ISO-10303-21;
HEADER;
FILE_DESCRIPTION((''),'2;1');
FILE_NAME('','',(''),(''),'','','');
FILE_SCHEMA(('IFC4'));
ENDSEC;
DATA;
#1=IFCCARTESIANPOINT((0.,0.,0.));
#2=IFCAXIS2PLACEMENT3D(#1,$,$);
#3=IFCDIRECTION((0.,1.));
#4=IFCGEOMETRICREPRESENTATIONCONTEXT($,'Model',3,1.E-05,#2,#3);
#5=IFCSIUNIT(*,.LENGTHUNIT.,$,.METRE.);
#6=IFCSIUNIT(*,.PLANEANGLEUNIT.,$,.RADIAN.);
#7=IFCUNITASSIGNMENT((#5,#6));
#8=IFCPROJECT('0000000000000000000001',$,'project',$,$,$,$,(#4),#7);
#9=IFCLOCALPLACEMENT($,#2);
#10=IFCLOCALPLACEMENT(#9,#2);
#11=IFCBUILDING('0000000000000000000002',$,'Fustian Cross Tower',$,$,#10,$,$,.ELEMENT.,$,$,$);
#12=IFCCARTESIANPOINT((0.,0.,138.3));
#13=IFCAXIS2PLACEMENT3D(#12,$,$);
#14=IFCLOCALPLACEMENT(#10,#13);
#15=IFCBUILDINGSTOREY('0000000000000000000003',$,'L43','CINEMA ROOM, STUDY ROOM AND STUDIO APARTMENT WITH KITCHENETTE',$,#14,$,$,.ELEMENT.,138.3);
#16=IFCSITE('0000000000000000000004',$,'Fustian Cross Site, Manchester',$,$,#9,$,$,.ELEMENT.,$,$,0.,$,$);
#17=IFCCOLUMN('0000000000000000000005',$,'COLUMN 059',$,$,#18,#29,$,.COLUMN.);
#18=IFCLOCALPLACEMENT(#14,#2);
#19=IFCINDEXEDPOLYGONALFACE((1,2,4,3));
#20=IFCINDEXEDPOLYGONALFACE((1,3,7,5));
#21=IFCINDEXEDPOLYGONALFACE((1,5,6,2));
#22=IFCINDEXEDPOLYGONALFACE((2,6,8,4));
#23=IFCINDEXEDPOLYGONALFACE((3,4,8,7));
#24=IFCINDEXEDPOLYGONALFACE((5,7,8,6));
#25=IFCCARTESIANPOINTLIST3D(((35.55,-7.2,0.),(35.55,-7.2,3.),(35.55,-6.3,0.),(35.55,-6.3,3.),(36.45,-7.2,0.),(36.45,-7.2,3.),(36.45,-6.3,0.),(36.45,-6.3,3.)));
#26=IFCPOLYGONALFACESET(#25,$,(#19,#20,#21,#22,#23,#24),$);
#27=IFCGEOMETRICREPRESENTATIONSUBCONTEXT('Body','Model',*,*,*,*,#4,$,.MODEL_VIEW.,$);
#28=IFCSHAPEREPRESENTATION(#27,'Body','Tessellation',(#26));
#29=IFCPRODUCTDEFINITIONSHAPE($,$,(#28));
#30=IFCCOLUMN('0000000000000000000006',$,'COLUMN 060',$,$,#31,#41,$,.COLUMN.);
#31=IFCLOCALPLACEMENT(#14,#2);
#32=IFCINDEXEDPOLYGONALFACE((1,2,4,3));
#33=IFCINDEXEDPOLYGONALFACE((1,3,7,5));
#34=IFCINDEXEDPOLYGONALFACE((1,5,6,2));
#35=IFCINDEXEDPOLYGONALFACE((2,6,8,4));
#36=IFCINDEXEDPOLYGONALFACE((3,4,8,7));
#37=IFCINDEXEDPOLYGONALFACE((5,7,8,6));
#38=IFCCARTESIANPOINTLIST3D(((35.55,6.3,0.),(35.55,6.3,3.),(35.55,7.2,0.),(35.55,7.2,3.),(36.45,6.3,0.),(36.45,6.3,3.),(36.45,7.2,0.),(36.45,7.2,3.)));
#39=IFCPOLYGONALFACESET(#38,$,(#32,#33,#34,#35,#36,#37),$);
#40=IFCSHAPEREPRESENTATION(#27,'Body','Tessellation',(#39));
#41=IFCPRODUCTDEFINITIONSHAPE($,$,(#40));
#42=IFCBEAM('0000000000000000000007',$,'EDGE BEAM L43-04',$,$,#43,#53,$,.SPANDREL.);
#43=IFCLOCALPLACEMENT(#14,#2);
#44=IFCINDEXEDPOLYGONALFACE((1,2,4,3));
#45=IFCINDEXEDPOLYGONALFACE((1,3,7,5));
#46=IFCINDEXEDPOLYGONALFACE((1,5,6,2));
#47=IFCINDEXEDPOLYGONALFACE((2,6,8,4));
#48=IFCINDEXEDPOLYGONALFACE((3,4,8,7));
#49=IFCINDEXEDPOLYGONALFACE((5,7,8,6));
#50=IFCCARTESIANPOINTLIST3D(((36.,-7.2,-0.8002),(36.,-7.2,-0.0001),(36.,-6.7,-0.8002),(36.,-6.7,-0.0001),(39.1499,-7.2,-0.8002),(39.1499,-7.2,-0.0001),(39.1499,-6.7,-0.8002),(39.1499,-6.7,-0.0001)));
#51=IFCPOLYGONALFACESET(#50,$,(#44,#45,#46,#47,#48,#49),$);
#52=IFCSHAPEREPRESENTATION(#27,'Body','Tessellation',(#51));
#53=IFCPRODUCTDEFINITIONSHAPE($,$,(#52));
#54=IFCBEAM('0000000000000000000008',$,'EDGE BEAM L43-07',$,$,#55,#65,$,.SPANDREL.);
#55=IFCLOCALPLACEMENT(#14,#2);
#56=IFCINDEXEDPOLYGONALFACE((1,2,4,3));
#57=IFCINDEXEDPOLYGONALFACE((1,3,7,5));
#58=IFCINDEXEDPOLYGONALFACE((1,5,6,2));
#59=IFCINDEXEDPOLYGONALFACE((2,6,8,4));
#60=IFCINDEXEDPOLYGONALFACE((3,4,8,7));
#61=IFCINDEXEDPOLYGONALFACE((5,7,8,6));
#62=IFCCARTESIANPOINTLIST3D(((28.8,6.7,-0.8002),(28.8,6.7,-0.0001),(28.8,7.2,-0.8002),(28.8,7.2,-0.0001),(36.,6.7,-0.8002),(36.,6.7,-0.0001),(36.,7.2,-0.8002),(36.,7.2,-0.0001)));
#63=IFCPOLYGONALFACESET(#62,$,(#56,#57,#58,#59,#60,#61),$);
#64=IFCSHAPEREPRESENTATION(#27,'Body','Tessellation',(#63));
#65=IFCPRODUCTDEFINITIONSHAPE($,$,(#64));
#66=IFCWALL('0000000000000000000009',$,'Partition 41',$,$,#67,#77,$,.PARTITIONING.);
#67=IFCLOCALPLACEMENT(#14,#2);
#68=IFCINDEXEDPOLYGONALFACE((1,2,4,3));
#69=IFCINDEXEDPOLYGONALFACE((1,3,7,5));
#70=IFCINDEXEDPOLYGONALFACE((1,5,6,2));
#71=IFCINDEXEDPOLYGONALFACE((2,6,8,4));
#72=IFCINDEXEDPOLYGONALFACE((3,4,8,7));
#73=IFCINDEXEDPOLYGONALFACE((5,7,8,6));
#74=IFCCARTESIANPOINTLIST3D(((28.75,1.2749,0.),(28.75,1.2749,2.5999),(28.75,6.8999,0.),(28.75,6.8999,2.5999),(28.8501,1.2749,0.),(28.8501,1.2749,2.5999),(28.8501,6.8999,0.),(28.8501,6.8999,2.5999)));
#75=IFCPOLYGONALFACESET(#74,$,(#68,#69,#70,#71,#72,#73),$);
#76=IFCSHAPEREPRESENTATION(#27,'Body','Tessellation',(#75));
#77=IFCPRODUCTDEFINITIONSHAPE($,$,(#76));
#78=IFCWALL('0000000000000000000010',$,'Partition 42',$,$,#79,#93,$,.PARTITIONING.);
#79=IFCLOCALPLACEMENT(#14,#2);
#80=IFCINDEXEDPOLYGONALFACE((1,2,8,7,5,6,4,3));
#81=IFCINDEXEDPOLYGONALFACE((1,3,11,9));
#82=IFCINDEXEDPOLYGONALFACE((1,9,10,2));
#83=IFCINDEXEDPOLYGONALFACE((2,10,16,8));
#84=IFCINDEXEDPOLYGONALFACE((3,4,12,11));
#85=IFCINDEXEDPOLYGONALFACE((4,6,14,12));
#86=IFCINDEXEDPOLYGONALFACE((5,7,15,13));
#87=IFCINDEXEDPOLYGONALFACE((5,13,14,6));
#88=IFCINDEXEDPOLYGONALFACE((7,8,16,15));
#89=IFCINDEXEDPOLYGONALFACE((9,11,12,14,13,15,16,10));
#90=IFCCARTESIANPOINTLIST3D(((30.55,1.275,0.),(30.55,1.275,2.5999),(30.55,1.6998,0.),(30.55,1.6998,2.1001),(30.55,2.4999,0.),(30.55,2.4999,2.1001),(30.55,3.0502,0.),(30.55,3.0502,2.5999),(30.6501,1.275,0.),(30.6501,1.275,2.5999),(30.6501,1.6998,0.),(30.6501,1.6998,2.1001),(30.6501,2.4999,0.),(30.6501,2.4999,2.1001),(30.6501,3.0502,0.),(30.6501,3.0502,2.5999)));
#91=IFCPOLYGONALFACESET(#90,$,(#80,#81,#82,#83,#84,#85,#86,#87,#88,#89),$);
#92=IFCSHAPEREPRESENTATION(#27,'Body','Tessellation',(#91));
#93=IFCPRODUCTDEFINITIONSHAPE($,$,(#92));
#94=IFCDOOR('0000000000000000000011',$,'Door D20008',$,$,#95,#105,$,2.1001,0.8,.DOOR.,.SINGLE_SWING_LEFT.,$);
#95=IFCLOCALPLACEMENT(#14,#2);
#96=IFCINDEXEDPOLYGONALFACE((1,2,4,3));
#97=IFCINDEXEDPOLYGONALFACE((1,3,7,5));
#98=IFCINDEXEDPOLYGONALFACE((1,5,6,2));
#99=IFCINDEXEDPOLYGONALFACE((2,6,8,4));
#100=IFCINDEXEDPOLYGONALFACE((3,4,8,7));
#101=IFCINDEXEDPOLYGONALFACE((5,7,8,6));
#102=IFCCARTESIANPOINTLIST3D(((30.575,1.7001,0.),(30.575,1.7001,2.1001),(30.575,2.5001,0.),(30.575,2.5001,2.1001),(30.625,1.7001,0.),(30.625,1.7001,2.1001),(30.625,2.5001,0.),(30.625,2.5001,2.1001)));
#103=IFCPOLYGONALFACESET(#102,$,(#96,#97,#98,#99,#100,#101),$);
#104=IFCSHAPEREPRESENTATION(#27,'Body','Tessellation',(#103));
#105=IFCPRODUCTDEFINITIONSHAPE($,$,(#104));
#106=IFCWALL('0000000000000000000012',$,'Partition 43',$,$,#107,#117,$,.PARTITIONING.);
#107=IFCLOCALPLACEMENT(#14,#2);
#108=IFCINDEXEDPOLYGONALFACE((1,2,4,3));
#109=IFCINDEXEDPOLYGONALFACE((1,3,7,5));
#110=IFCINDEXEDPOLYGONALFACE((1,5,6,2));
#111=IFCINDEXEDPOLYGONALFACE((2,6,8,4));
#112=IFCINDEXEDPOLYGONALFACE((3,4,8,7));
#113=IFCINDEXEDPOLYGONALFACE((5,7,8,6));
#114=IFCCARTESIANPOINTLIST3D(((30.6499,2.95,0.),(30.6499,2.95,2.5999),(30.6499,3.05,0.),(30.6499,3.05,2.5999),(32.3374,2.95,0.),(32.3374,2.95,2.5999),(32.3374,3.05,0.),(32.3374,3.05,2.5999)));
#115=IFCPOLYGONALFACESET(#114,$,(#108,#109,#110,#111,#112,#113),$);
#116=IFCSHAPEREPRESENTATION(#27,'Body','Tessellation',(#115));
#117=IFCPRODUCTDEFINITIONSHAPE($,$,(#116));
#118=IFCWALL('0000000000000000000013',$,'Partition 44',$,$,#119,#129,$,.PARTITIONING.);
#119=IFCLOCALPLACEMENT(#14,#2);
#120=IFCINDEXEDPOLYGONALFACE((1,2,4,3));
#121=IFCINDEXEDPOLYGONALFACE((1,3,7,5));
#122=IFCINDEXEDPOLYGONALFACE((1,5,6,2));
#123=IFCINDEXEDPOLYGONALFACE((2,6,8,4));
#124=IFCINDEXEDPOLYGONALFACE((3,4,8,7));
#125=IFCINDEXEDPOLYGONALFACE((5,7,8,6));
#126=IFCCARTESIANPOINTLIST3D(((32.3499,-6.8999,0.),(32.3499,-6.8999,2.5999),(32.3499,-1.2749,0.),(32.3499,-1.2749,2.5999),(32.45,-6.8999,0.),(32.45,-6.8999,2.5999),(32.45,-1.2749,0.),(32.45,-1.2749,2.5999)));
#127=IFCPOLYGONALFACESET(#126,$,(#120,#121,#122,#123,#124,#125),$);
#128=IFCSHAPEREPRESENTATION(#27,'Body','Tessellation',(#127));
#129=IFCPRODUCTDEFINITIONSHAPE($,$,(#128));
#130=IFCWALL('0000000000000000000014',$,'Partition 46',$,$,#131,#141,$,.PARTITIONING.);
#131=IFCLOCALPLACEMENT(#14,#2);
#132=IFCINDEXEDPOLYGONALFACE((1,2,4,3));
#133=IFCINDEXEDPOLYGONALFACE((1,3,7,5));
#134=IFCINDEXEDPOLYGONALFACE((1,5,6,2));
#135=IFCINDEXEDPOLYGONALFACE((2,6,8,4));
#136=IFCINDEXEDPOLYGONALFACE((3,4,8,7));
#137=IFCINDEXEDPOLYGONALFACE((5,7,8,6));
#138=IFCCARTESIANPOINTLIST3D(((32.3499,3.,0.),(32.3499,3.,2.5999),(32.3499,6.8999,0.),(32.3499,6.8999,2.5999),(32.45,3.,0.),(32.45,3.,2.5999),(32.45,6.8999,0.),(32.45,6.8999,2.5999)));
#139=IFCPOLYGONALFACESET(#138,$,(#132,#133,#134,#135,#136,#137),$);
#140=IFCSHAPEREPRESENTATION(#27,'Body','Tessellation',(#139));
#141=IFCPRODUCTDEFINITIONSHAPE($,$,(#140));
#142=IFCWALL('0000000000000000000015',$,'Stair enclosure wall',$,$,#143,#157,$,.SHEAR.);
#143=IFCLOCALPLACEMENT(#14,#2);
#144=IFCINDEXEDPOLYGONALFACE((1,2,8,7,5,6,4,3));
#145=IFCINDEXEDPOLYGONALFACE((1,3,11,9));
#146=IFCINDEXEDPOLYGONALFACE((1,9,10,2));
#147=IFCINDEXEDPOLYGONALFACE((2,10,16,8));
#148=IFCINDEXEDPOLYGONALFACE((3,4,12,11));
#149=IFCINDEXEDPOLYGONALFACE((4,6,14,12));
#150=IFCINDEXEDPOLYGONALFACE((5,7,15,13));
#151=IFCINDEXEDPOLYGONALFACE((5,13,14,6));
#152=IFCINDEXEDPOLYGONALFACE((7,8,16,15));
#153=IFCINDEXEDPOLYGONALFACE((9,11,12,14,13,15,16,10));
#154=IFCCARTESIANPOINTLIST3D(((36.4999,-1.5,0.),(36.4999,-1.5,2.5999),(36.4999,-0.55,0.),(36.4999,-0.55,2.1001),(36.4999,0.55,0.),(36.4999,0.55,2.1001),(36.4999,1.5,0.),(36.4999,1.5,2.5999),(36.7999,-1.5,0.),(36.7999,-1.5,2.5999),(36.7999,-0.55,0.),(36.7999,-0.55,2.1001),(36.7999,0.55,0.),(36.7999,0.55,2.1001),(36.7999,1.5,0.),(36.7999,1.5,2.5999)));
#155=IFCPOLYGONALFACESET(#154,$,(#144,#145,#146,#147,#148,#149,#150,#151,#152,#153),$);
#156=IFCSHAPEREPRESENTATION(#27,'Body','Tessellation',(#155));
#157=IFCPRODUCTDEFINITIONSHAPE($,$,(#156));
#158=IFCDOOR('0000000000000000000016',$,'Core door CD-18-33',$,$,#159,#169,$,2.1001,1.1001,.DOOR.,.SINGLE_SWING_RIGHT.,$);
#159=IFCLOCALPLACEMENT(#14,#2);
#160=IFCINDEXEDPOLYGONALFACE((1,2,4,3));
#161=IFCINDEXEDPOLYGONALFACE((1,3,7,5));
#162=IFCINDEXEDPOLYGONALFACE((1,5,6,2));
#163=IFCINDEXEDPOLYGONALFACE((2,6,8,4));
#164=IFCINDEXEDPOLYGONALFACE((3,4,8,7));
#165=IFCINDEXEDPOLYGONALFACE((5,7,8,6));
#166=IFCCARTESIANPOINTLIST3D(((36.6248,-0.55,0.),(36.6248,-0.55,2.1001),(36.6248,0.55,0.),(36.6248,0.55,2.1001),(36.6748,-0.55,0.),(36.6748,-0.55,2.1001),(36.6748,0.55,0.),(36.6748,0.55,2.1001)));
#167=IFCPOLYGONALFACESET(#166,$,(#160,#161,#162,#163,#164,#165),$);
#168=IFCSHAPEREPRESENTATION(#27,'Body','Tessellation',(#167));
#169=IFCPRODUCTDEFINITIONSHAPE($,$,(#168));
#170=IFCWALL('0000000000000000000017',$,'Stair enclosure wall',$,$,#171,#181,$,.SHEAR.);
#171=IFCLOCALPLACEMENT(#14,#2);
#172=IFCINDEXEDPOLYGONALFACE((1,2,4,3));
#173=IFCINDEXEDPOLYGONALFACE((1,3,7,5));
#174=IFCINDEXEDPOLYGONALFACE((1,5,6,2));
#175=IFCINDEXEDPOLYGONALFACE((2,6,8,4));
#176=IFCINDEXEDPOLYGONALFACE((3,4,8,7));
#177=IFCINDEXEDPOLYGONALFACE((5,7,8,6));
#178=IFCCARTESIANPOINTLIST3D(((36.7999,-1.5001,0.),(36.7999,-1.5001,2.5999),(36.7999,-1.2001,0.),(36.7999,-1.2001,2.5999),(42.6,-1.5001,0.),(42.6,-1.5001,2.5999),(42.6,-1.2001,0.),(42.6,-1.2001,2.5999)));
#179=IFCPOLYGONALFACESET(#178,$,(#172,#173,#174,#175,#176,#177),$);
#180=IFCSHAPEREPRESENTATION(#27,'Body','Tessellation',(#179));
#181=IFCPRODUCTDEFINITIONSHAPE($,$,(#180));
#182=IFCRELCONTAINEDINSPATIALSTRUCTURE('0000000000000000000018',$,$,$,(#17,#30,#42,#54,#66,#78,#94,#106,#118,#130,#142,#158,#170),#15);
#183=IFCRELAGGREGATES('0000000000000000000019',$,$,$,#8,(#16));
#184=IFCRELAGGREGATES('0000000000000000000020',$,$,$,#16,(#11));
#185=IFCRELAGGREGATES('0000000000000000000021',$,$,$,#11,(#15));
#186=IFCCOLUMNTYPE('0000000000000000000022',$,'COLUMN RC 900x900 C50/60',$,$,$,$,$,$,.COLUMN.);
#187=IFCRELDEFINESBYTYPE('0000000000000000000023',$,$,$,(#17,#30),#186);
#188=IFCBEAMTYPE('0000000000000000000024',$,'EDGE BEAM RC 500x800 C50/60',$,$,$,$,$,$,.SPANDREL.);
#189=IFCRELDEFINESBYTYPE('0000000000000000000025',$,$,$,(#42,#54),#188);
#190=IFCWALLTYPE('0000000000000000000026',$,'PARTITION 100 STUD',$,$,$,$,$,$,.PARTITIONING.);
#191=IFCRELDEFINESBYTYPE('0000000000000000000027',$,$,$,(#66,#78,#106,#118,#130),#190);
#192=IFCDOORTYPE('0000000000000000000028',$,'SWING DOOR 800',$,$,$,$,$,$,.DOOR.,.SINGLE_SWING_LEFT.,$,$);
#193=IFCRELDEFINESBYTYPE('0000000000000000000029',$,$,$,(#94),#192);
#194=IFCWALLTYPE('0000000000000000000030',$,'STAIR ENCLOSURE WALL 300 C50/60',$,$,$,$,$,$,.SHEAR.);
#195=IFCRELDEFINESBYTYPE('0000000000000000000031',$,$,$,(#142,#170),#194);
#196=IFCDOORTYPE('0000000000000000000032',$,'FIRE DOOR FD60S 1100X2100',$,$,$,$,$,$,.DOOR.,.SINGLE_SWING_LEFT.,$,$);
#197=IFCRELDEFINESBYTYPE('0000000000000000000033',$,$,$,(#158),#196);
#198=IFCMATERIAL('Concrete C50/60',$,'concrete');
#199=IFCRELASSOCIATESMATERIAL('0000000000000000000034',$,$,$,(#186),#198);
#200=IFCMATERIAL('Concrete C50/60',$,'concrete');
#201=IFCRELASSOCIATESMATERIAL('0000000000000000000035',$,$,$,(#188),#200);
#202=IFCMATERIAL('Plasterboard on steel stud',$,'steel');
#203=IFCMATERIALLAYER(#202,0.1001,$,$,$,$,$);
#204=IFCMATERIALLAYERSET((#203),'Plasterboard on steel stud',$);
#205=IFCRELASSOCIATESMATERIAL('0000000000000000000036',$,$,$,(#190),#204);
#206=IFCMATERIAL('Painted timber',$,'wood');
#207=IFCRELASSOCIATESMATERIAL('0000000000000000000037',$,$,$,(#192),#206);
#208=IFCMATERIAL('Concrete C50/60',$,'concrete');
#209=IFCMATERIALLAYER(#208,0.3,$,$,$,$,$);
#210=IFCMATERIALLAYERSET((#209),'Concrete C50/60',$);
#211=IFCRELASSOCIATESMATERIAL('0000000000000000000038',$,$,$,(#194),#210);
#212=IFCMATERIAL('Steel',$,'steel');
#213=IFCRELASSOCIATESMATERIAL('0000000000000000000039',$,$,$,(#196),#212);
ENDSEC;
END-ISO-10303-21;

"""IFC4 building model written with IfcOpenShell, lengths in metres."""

from ifc_helpers import new_model, si_unit, direction, frame, frame_2d, origin, origin_2d, place, context, subcontext, project, spatial, rectangle, extrude, material, layer, layer_set, material_profile, profile_set, type_object, element, fill, save


model = new_model("IFC4")

# Units and contexts
model_context = context("Model", 3, precision=1e-05, world=origin(), true_north=direction((0.0, 1.0)))
body_context = subcontext(model_context, "Body", "Model", "MODEL_VIEW")
ifc_project = project(units=[si_unit("LENGTHUNIT", "METRE"), si_unit("PLANEANGLEUNIT", "RADIAN")], contexts=[model_context])

# Site, building, storey
site_placement = place(None, origin())
site = spatial("IfcSite", under=ifc_project, at=site_placement, Name="Fustian Cross Site, Manchester", CompositionType="ELEMENT", RefElevation=0.0)
building_placement = place(site_placement, origin())
building = spatial("IfcBuilding", under=site, at=building_placement, Name="Fustian Cross Tower", CompositionType="ELEMENT")
storey_placement = place(building_placement, frame((0.0, 0.0, 138.3)))
storey = spatial("IfcBuildingStorey", under=building, at=storey_placement, Name="L43", Description="CINEMA ROOM, STUDY ROOM AND STUDIO APARTMENT WITH KITCHENETTE", CompositionType="ELEMENT", Elevation=138.3)

# Columns
ifc_material_1 = material(Name="Concrete C50/60", Category="concrete")
ifc_material_profile_1 = material_profile(ifc_material_1, rectangle(XDim=0.8999, YDim=0.8999, at=origin_2d()), Name="RC 900x900")
ifc_profile_set_1 = profile_set([ifc_material_profile_1], Name="Concrete C50/60")
column_type = type_object("IfcColumnType", Name="COLUMN RC 900x900 C50/60", PredefinedType="COLUMN", material=ifc_profile_set_1)
for number, where, z_axis, x_axis, name in (
    (1, (36.0, -6.75, 0.0), (0.0, 0.0, 1.0), (1.0, 0.0, 0.0), "COLUMN 059"),
    (2, (36.0, 6.75, 0.0), (0.0, 0.0, 1.0), (1.0, 0.0, 0.0), "COLUMN 060"),
):
    element("IfcColumn", number, at=place(storey_placement, frame(where, z_axis=z_axis, x_axis=x_axis)), inside=storey, type_object=column_type, Name=name, PredefinedType="COLUMN", context=body_context, shape_type="SweptSolid", body=[
        extrude(rectangle(XDim=0.8999, YDim=0.8999, at=origin_2d()), origin(), (0.0, 0.0, 1.0), 3.0),
    ])

# Beams
ifc_material_2 = material(Name="Concrete C50/60", Category="concrete")
ifc_material_profile_2 = material_profile(ifc_material_2, rectangle(XDim=0.5, YDim=0.8, at=origin_2d()), Name="RC 500x800")
ifc_profile_set_2 = profile_set([ifc_material_profile_2], Name="Concrete C50/60")
beam_type = type_object("IfcBeamType", Name="EDGE BEAM RC 500x800 C50/60", PredefinedType="SPANDREL", material=ifc_profile_set_2)
beam_1_placement = place(storey_placement, frame((36.0, -6.95, -0.4001), z_axis=(1.0, 0.0, 0.0), x_axis=(0.0, 1.0, 0.0)))
element("IfcBeam", 3, at=beam_1_placement, inside=storey, type_object=beam_type, Name="EDGE BEAM L43-04", PredefinedType="SPANDREL", context=body_context, shape_type="SweptSolid", body=[
    extrude(rectangle(XDim=0.5, YDim=0.8, at=origin_2d()), origin(), (0.0, 0.0, 1.0), 3.1499),
])
beam_2_placement = place(storey_placement, frame((36.0, 6.95, -0.4001), z_axis=(-1.0, 0.0, 0.0), x_axis=(0.0, -1.0, 0.0)))
element("IfcBeam", 4, at=beam_2_placement, inside=storey, type_object=beam_type, Name="EDGE BEAM L43-07", PredefinedType="SPANDREL", context=body_context, shape_type="SweptSolid", body=[
    extrude(rectangle(XDim=0.5, YDim=0.8, at=origin_2d()), origin(), (0.0, 0.0, 1.0), 7.2),
])

# Wall
ifc_material_3 = material(Name="Plasterboard on steel stud", Category="steel")
ifc_layer_1 = layer(ifc_material_3, 0.1001)
ifc_layer_set_1 = layer_set([ifc_layer_1], Name="Plasterboard on steel stud")
wall_type_1 = type_object("IfcWallType", Name="PARTITION 100 STUD", PredefinedType="PARTITIONING", material=ifc_layer_set_1)
wall_1_placement = place(storey_placement, frame((28.8, 1.2749, 0.0), z_axis=(0.0, 0.0, 1.0), x_axis=(0.0, 1.0, 0.0)))
element("IfcWall", 5, at=wall_1_placement, inside=storey, type_object=wall_type_1, Name="Partition 41", PredefinedType="PARTITIONING", context=body_context, shape_type="SweptSolid", body=[
    extrude(rectangle(XDim=5.625, YDim=0.1001, at=frame_2d((2.8125, 0.0))), origin(), (0.0, 0.0, 1.0), 2.5999),
])

# Wall, opening, door
wall_2_placement = place(storey_placement, frame((30.6001, 1.2749, 0.0), z_axis=(0.0, 0.0, 1.0), x_axis=(0.0, 1.0, 0.0)))
wall_2 = element("IfcWall", 6, at=wall_2_placement, inside=storey, type_object=wall_type_1, Name="Partition 42", PredefinedType="PARTITIONING", context=body_context, shape_type="SweptSolid", body=[
    extrude(rectangle(XDim=1.7751, YDim=0.1001, at=frame_2d((0.8877, 0.0))), origin(), (0.0, 0.0, 1.0), 2.5999),
])
opening_1_placement = place(wall_2_placement, frame((0.425, 0.0, 0.0)))
opening_1 = element("IfcOpeningElement", 7, at=opening_1_placement, cuts=wall_2, PredefinedType="OPENING", context=body_context, shape_type="SweptSolid", body=[
    extrude(rectangle(XDim=0.8, YDim=2.1001, at=frame_2d((0.3999, 1.05))), frame((0.0, 0.0601, 0.0), z_axis=(0.0, -1.0, 0.0), x_axis=(1.0, 0.0, 0.0)), (0.0, 0.0, 1.0), 0.1201),
])
ifc_material_4 = material(Name="Painted timber", Category="wood")
door_type_1 = type_object("IfcDoorType", Name="SWING DOOR 800", OperationType="SINGLE_SWING_LEFT", PredefinedType="DOOR", material=ifc_material_4)
door_1_placement = place(opening_1_placement, frame((0.8, 0.0, 0.0), z_axis=(0.0, 0.0, 1.0), x_axis=(-1.0, 0.0, 0.0)))
door_1 = element("IfcDoor", 8, at=door_1_placement, inside=storey, type_object=door_type_1, Name="Door D20008", OperationType="SINGLE_SWING_LEFT", OverallHeight=2.1001, OverallWidth=0.8, PredefinedType="DOOR", context=body_context, shape_type="SweptSolid", body=[
    extrude(rectangle(XDim=0.8, YDim=2.1001, at=frame_2d((0.3999, 1.05))), frame((0.0, 0.0249, 0.0), z_axis=(0.0, -1.0, 0.0), x_axis=(1.0, 0.0, 0.0)), (0.0, 0.0, 1.0), 0.05),
])
fill(opening_1, door_1)

# Walls
wall_3_placement = place(storey_placement, frame((30.6499, 3.0, 0.0), z_axis=(0.0, 0.0, 1.0), x_axis=(1.0, 0.0, 0.0)))
element("IfcWall", 9, at=wall_3_placement, inside=storey, type_object=wall_type_1, Name="Partition 43", PredefinedType="PARTITIONING", context=body_context, shape_type="SweptSolid", body=[
    extrude(rectangle(XDim=1.6875, YDim=0.1001, at=frame_2d((0.8438, 0.0))), origin(), (0.0, 0.0, 1.0), 2.5999),
])
wall_4_placement = place(storey_placement, frame((32.3999, -6.8999, 0.0), z_axis=(0.0, 0.0, 1.0), x_axis=(0.0, 1.0, 0.0)))
element("IfcWall", 10, at=wall_4_placement, inside=storey, type_object=wall_type_1, Name="Partition 44", PredefinedType="PARTITIONING", context=body_context, shape_type="SweptSolid", body=[
    extrude(rectangle(XDim=5.625, YDim=0.1001, at=frame_2d((2.8125, 0.0))), origin(), (0.0, 0.0, 1.0), 2.5999),
])
wall_5_placement = place(storey_placement, frame((32.3999, 3.0, 0.0), z_axis=(0.0, 0.0, 1.0), x_axis=(0.0, 1.0, 0.0)))
element("IfcWall", 11, at=wall_5_placement, inside=storey, type_object=wall_type_1, Name="Partition 46", PredefinedType="PARTITIONING", context=body_context, shape_type="SweptSolid", body=[
    extrude(rectangle(XDim=3.8999, YDim=0.1001, at=frame_2d((1.95, 0.0))), origin(), (0.0, 0.0, 1.0), 2.5999),
])

# Wall, opening, door
ifc_material_5 = material(Name="Concrete C50/60", Category="concrete")
ifc_layer_2 = layer(ifc_material_5, 0.3)
ifc_layer_set_2 = layer_set([ifc_layer_2], Name="Concrete C50/60")
wall_type_2 = type_object("IfcWallType", Name="STAIR ENCLOSURE WALL 300 C50/60", PredefinedType="SHEAR", material=ifc_layer_set_2)
wall_6_placement = place(storey_placement, frame((36.6499, -1.5, 0.0), z_axis=(0.0, 0.0, 1.0), x_axis=(0.0, 1.0, 0.0)))
wall_6 = element("IfcWall", 12, at=wall_6_placement, inside=storey, type_object=wall_type_2, Name="Stair enclosure wall", PredefinedType="SHEAR", context=body_context, shape_type="SweptSolid", body=[
    extrude(rectangle(XDim=3.0, YDim=0.3, at=frame_2d((1.5, 0.0))), origin(), (0.0, 0.0, 1.0), 2.5999),
])
opening_2_placement = place(wall_6_placement, frame((0.95, 0.0, 0.0)))
opening_2 = element("IfcOpeningElement", 13, at=opening_2_placement, cuts=wall_6, PredefinedType="OPENING", context=body_context, shape_type="SweptSolid", body=[
    extrude(rectangle(XDim=1.1001, YDim=2.1001, at=frame_2d((0.55, 1.05))), frame((0.0, 0.1599, 0.0), z_axis=(0.0, -1.0, 0.0), x_axis=(1.0, 0.0, 0.0)), (0.0, 0.0, 1.0), 0.3201),
])
ifc_material_6 = material(Name="Steel", Category="steel")
door_type_2 = type_object("IfcDoorType", Name="FIRE DOOR FD60S 1100X2100", OperationType="SINGLE_SWING_LEFT", PredefinedType="DOOR", material=ifc_material_6)
door_2_placement = place(opening_2_placement, frame((1.1001, 0.0, 0.0), z_axis=(0.0, 0.0, 1.0), x_axis=(-1.0, 0.0, 0.0)))
door_2 = element("IfcDoor", 14, at=door_2_placement, inside=storey, type_object=door_type_2, Name="Core door CD-18-33", OperationType="SINGLE_SWING_RIGHT", OverallHeight=2.1001, OverallWidth=1.1001, PredefinedType="DOOR", context=body_context, shape_type="SweptSolid", body=[
    extrude(rectangle(XDim=1.1001, YDim=2.1001, at=frame_2d((0.55, 1.05))), frame((0.0, 0.0249, 0.0), z_axis=(0.0, -1.0, 0.0), x_axis=(1.0, 0.0, 0.0)), (0.0, 0.0, 1.0), 0.05),
])
fill(opening_2, door_2)

# Wall
for number, where, z_axis, x_axis, name in (
    (15, (36.8, -1.3501, 0.0), (0.0, 0.0, 1.0), (1.0, 0.0, 0.0), "Stair enclosure wall"),
):
    element("IfcWall", number, at=place(storey_placement, frame(where, z_axis=z_axis, x_axis=x_axis)), inside=storey, type_object=wall_type_2, Name=name, PredefinedType="SHEAR", context=body_context, shape_type="SweptSolid", body=[
        extrude(rectangle(XDim=5.8, YDim=0.3, at=frame_2d((2.8999, 0.0))), origin(), (0.0, 0.0, 1.0), 2.5999),
    ])

save(model, "model.ifc")
